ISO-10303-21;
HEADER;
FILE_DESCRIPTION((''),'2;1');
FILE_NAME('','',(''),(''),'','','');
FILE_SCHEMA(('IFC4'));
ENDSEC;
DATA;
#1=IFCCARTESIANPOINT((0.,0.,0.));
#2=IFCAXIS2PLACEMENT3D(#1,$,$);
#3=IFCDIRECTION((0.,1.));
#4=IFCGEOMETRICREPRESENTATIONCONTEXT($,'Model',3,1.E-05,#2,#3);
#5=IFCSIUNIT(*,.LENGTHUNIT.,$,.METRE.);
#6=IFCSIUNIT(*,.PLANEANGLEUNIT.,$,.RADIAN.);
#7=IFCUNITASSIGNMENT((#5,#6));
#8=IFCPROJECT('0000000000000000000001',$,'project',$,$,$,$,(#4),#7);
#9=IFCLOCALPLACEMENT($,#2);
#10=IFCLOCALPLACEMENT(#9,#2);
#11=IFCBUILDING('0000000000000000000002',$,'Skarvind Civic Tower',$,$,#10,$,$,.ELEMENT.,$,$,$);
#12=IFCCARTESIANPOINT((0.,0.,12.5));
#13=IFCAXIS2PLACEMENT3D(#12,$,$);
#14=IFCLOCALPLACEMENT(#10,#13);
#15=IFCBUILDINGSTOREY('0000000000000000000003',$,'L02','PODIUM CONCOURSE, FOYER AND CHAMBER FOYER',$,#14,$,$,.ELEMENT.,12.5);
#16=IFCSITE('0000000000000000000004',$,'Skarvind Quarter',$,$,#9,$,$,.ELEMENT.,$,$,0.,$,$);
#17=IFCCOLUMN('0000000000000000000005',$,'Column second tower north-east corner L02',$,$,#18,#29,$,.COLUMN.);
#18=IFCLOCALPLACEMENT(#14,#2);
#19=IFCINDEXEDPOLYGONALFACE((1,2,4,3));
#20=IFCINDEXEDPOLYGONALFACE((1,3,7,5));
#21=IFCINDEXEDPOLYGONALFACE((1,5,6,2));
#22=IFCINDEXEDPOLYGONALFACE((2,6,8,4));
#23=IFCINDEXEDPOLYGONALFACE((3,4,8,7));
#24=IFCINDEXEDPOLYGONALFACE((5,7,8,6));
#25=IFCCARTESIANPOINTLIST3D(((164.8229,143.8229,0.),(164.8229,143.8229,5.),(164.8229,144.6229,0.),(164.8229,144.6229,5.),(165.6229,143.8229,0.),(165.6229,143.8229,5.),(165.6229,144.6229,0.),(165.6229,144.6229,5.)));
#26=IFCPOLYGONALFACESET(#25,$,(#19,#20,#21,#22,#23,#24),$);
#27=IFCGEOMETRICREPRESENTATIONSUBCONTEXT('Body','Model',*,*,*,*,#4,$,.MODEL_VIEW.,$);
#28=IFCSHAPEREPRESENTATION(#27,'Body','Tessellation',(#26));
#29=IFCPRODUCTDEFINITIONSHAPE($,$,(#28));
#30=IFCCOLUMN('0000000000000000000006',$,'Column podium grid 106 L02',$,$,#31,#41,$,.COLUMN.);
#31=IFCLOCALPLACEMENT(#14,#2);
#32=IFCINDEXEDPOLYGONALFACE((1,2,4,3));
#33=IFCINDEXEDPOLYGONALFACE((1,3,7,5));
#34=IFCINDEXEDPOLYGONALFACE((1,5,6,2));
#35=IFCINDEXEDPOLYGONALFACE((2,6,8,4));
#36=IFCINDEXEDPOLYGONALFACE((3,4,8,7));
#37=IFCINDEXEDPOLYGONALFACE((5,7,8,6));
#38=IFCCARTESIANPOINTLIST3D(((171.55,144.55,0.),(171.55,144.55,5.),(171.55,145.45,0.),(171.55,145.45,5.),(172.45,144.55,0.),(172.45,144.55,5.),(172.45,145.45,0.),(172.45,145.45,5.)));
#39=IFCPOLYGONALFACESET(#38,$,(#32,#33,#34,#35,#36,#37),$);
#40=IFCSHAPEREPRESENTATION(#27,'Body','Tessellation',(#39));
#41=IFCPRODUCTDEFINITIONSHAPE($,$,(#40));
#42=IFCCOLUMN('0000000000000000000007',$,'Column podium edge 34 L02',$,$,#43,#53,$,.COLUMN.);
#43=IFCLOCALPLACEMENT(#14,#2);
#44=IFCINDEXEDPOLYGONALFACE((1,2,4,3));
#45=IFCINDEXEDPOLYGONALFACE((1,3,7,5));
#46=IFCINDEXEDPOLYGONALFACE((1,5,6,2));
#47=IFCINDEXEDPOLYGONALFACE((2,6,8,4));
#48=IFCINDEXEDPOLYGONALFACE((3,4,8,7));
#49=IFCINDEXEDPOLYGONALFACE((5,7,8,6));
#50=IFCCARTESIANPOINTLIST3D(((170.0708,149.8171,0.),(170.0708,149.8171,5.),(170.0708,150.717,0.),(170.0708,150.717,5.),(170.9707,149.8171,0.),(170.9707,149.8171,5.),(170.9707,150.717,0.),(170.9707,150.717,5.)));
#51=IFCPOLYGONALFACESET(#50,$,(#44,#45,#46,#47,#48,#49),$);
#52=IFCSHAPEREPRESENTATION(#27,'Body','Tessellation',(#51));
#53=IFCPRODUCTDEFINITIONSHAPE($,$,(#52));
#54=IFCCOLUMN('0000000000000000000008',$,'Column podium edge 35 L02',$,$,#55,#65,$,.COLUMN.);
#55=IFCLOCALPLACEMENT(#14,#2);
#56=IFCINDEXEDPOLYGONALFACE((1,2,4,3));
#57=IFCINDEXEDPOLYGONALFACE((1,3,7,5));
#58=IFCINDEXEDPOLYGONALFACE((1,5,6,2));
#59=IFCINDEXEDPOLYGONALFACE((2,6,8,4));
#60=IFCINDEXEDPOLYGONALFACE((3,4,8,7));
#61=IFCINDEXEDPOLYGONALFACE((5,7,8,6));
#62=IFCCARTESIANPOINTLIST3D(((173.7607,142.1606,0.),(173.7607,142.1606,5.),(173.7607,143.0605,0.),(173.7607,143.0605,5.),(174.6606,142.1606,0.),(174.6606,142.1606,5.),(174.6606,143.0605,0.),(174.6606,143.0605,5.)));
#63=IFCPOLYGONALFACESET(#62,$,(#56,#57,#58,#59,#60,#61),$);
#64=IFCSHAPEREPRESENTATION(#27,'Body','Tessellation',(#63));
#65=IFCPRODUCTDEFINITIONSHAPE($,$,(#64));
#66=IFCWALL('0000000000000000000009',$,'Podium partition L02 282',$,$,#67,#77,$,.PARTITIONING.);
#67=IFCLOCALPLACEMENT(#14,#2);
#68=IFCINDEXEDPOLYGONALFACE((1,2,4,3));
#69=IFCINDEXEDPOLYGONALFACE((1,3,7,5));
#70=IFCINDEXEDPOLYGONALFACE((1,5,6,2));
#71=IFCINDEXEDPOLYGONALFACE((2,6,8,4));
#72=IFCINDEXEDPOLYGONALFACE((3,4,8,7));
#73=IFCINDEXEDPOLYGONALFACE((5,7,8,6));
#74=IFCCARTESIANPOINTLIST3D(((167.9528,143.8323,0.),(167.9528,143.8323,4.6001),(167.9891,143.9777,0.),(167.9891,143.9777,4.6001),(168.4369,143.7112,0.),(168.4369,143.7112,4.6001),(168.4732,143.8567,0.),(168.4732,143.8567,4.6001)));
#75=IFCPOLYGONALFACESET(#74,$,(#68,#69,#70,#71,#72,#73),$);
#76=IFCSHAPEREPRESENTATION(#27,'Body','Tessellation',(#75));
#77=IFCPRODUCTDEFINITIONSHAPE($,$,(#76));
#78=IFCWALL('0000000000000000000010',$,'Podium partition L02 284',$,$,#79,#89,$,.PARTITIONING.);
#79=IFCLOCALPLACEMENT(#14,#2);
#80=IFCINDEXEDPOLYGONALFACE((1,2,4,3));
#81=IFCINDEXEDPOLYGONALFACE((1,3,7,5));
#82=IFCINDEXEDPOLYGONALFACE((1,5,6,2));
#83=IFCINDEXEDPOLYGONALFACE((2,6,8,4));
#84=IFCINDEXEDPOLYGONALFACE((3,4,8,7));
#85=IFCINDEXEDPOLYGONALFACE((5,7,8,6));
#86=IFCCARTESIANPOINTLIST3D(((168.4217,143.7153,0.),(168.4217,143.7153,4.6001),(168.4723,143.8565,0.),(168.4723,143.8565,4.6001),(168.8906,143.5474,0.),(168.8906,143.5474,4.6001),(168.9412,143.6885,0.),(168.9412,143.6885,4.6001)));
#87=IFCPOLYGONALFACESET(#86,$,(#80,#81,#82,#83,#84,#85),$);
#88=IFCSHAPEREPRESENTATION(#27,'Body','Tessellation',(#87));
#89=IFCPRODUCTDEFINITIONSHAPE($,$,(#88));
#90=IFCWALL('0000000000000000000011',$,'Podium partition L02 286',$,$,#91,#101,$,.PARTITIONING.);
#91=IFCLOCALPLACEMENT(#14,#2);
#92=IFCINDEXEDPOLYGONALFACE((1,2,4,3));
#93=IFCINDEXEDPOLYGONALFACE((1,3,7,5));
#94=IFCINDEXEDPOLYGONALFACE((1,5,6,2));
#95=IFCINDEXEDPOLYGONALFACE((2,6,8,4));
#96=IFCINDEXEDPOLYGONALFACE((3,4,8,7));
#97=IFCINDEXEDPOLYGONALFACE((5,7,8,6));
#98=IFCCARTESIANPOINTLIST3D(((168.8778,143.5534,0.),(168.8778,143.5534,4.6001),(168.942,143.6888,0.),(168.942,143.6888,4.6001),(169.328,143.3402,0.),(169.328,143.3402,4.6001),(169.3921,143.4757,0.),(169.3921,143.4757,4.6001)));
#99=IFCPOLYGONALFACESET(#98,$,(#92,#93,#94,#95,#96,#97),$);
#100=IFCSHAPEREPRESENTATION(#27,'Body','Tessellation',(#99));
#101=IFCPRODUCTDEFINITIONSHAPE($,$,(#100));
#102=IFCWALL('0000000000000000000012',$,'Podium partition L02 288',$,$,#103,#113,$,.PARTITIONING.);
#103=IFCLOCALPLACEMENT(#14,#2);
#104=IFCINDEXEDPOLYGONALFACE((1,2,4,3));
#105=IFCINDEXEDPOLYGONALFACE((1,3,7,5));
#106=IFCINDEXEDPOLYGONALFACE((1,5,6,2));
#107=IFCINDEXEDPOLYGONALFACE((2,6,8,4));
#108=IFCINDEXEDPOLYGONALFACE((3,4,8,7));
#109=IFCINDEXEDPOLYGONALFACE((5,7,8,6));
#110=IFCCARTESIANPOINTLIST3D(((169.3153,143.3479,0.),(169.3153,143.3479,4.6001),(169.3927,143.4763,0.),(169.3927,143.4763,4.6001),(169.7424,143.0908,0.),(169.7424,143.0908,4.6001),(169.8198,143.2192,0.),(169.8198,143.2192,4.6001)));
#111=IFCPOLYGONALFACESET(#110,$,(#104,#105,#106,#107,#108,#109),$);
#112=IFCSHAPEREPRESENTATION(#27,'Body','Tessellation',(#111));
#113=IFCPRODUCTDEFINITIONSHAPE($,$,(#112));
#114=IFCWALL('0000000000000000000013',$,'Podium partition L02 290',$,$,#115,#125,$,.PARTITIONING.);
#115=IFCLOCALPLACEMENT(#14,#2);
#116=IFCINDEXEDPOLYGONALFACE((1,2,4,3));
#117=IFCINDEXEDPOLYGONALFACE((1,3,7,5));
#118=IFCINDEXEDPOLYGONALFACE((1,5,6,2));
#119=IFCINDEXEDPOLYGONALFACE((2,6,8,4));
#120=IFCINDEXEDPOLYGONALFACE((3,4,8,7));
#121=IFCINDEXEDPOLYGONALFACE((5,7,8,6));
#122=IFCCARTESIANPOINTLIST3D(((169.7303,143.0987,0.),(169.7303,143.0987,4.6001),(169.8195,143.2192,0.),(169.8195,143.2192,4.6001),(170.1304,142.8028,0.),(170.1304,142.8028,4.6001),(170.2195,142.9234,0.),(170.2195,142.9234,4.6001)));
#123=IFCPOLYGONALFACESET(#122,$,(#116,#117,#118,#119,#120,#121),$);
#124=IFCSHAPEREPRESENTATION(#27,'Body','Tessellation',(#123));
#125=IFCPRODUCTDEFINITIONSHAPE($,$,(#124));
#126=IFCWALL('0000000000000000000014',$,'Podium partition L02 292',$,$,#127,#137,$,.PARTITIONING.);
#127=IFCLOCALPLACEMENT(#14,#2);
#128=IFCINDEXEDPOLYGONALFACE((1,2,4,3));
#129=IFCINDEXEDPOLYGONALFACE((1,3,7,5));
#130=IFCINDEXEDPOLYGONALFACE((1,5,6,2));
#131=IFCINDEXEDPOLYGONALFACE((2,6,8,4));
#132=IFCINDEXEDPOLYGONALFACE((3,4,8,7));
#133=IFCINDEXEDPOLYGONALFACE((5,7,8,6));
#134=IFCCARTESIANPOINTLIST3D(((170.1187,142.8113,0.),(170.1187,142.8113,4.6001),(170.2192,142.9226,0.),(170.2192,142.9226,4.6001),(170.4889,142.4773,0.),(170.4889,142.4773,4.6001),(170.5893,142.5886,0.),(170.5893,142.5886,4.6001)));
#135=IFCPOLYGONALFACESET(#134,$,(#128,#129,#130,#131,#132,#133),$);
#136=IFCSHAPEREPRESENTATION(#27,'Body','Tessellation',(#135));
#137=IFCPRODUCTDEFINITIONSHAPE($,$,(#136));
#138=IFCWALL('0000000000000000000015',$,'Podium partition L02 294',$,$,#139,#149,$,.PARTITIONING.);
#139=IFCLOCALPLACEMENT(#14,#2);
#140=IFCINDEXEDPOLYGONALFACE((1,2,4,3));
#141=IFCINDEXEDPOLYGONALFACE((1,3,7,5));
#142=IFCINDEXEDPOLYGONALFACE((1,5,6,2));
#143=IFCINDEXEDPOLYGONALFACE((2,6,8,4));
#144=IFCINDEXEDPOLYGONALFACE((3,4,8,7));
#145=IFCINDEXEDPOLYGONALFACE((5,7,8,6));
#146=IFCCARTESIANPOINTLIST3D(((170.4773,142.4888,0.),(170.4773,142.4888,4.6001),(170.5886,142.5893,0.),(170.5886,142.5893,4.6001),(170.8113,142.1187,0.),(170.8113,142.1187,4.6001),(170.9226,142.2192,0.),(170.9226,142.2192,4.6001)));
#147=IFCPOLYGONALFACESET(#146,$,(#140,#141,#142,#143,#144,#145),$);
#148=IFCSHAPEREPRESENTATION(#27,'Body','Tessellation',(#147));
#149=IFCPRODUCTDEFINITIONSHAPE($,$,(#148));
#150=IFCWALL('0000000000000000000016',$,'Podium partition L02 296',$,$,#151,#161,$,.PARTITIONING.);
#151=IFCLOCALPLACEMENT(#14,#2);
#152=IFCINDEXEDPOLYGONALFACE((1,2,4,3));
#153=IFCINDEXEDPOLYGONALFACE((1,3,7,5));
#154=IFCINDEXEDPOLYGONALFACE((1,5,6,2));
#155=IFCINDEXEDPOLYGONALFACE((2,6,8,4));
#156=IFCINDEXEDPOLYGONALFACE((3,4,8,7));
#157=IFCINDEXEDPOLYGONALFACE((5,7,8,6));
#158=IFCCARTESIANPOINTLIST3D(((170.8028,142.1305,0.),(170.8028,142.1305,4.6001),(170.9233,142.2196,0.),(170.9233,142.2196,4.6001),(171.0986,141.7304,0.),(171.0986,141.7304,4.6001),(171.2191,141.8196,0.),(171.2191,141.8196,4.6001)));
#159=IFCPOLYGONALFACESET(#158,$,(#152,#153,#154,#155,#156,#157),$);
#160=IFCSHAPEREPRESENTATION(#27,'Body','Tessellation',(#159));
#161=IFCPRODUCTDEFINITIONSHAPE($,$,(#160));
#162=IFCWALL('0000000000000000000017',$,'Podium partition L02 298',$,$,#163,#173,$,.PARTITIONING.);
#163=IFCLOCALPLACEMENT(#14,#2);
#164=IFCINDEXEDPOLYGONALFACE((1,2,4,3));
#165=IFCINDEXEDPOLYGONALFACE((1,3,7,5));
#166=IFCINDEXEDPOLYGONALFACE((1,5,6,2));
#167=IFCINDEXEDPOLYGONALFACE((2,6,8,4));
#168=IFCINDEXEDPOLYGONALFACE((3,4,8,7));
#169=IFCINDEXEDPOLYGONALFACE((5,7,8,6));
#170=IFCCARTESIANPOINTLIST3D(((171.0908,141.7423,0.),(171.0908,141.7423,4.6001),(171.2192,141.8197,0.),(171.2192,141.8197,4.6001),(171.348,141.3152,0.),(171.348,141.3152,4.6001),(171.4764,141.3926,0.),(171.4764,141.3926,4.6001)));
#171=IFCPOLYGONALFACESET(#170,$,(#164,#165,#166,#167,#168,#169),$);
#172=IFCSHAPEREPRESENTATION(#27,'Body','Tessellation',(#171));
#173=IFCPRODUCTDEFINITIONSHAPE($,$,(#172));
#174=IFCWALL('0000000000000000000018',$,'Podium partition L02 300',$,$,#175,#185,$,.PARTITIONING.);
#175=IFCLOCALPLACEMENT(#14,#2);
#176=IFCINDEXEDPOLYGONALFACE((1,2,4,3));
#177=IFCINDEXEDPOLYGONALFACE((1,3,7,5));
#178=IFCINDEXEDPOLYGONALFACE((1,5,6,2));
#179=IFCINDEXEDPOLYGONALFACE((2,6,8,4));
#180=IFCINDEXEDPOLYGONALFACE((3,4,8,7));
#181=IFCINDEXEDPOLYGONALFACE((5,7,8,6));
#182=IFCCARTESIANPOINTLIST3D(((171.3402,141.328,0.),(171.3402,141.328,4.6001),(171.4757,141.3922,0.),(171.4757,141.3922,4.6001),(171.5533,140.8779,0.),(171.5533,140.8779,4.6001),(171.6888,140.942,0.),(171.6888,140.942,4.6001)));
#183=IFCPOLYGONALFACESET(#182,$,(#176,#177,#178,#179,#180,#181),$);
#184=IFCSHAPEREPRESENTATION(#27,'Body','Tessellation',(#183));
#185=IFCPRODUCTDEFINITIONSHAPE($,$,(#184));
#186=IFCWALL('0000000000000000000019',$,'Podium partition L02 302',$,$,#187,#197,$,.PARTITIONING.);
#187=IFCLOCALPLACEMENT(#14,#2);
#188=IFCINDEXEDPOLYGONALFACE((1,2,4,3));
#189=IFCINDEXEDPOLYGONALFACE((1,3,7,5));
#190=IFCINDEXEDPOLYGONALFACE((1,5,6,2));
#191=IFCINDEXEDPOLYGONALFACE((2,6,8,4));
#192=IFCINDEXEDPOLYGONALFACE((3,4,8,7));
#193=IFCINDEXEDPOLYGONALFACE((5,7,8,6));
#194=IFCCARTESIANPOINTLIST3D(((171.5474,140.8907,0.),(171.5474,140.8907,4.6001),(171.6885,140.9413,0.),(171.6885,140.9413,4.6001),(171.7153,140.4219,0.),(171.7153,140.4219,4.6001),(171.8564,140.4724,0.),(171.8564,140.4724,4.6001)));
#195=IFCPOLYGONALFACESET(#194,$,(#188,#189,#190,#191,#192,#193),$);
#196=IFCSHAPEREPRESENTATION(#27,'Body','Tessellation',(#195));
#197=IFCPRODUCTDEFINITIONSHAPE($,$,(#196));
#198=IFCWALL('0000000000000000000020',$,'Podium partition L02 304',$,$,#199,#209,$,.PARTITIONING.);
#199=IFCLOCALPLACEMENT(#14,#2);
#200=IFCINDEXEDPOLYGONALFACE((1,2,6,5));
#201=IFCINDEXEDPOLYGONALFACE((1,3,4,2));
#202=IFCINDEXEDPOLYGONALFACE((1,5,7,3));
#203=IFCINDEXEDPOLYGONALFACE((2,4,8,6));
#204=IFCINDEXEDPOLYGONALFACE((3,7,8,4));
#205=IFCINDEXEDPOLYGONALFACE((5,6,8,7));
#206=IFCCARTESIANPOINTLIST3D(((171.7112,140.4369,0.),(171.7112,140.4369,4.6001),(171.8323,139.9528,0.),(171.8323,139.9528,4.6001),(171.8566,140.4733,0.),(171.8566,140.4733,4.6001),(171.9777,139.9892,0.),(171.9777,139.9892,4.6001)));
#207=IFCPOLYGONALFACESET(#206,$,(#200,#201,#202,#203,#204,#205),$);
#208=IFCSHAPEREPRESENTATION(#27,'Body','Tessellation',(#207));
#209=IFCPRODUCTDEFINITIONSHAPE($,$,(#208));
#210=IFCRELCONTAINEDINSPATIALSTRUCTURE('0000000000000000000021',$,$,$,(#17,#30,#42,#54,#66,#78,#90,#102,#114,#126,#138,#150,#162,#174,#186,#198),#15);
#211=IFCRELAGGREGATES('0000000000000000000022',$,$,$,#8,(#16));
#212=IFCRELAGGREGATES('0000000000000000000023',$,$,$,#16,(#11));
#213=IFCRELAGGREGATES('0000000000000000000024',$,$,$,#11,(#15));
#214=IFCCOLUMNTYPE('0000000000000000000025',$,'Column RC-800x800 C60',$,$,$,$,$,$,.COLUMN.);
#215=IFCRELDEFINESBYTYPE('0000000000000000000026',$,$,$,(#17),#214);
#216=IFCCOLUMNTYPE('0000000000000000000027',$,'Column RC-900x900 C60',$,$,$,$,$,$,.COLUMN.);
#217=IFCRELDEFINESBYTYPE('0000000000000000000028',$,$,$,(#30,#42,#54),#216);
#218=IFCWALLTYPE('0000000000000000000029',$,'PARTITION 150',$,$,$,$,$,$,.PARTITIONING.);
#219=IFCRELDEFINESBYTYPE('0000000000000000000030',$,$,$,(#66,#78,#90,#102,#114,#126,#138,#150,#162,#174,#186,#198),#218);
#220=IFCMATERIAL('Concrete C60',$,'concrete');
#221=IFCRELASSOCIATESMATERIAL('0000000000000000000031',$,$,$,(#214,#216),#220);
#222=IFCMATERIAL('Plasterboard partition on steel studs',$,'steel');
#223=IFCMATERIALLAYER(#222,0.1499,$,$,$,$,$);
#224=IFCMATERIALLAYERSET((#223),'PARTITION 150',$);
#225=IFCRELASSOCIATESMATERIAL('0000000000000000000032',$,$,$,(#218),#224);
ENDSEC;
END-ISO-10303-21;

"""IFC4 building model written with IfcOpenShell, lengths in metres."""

from ifc_helpers import new_model, si_unit, direction, frame, frame_2d, origin, origin_2d, place, context, subcontext, project, spatial, rectangle, extrude, material, layer, layer_set, material_profile, profile_set, type_object, element, save


model = new_model("IFC4")

# Units and contexts
model_context = context("Model", 3, precision=1e-05, world=origin(), true_north=direction((0.0, 1.0)))
body_context = subcontext(model_context, "Body", "Model", "MODEL_VIEW")
ifc_project = project(units=[si_unit("LENGTHUNIT", "METRE"), si_unit("PLANEANGLEUNIT", "RADIAN")], contexts=[model_context])

# Site, building, storey
site_placement = place(None, origin())
site = spatial("IfcSite", under=ifc_project, at=site_placement, Name="Skarvind Quarter", CompositionType="ELEMENT", RefElevation=0.0)
building_placement = place(site_placement, origin())
building = spatial("IfcBuilding", under=site, at=building_placement, Name="Skarvind Civic Tower", CompositionType="ELEMENT")
storey_placement = place(building_placement, frame((0.0, 0.0, 12.5)))
storey = spatial("IfcBuildingStorey", under=building, at=storey_placement, Name="L02", Description="PODIUM CONCOURSE, FOYER AND CHAMBER FOYER", CompositionType="ELEMENT", Elevation=12.5)

# Columns
ifc_material_1 = material(Name="Concrete C60", Category="concrete")
ifc_material_profile_1 = material_profile(ifc_material_1, rectangle(XDim=0.8, YDim=0.8, at=origin_2d()), Name="RC-800x800")
ifc_profile_set_1 = profile_set([ifc_material_profile_1], Name="Concrete C60")
column_type_1 = type_object("IfcColumnType", Name="Column RC-800x800 C60", PredefinedType="COLUMN", material=ifc_profile_set_1)
column_placement = place(storey_placement, frame((165.2229, 144.2229, 0.0), z_axis=(0.0, 0.0, 1.0), x_axis=(1.0, 0.0, 0.0)))
element("IfcColumn", 1, at=column_placement, inside=storey, type_object=column_type_1, Name="Column second tower north-east corner L02", PredefinedType="COLUMN", context=body_context, shape_type="SweptSolid", body=[
    extrude(rectangle(XDim=0.8, YDim=0.8, at=origin_2d()), origin(), (0.0, 0.0, 1.0), 5.0),
])
ifc_material_profile_2 = material_profile(ifc_material_1, rectangle(XDim=0.8999, YDim=0.8999, at=origin_2d()), Name="RC-900x900")
ifc_profile_set_2 = profile_set([ifc_material_profile_2], Name="Concrete C60")
column_type_2 = type_object("IfcColumnType", Name="Column RC-900x900 C60", PredefinedType="COLUMN", material=ifc_profile_set_2)
for number, where, z_axis, x_axis, name in (
    (2, (172.0, 145.0, 0.0), (0.0, 0.0, 1.0), (1.0, 0.0, 0.0), "Column podium grid 106 L02"),
    (3, (170.5208, 150.2671, 0.0), (0.0, 0.0, 1.0), (1.0, 0.0, 0.0), "Column podium edge 34 L02"),
    (4, (174.2107, 142.6106, 0.0), (0.0, 0.0, 1.0), (1.0, 0.0, 0.0), "Column podium edge 35 L02"),
):
    element("IfcColumn", number, at=place(storey_placement, frame(where, z_axis=z_axis, x_axis=x_axis)), inside=storey, type_object=column_type_2, Name=name, PredefinedType="COLUMN", context=body_context, shape_type="SweptSolid", body=[
        extrude(rectangle(XDim=0.8999, YDim=0.8999, at=origin_2d()), origin(), (0.0, 0.0, 1.0), 5.0),
    ])

# Walls
ifc_material_2 = material(Name="Plasterboard partition on steel studs", Category="steel")
ifc_layer_1 = layer(ifc_material_2, 0.1499)
ifc_layer_set_1 = layer_set([ifc_layer_1], Name="PARTITION 150")
wall_type_1 = type_object("IfcWallType", Name="PARTITION 150", PredefinedType="PARTITIONING", material=ifc_layer_set_1)
wall_1_placement = place(storey_placement, frame((167.9709, 143.905, 0.0), z_axis=(0.0, 0.0, 1.0), x_axis=(0.970114, -0.242651, 0.0)))
element("IfcWall", 5, at=wall_1_placement, inside=storey, type_object=wall_type_1, Name="Podium partition L02 282", PredefinedType="PARTITIONING", context=body_context, shape_type="SweptSolid", body=[
    extrude(rectangle(XDim=0.499, YDim=0.1499, at=frame_2d((0.2495, 0.0))), origin(), (0.0, 0.0, 1.0), 4.6001),
])
for number, where, z_axis, x_axis, name in (
    (6, (168.447, 143.7859, 0.0), (0.0, 0.0, 1.0), (0.941442, -0.337174, 0.0), "Podium partition L02 284"),
    (7, (168.9099, 143.6211, 0.0), (0.0, 0.0, 1.0), (0.903828, -0.427897, 0.0), "Podium partition L02 286"),
):
    element("IfcWall", number, at=place(storey_placement, frame(where, z_axis=z_axis, x_axis=x_axis)), inside=storey, type_object=wall_type_1, Name=name, PredefinedType="PARTITIONING", context=body_context, shape_type="SweptSolid", body=[
        extrude(rectangle(XDim=0.498, YDim=0.1499, at=frame_2d((0.249, 0.0))), origin(), (0.0, 0.0, 1.0), 4.6001),
    ])
wall_2_placement = place(storey_placement, frame((169.354, 143.4121, 0.0), z_axis=(0.0, 0.0, 1.0), x_axis=(0.856714, -0.515792, 0.0)))
element("IfcWall", 8, at=wall_2_placement, inside=storey, type_object=wall_type_1, Name="Podium partition L02 288", PredefinedType="PARTITIONING", context=body_context, shape_type="SweptSolid", body=[
    extrude(rectangle(XDim=0.4985, YDim=0.1499, at=frame_2d((0.2493, 0.0))), origin(), (0.0, 0.0, 1.0), 4.6001),
])
wall_3_placement = place(storey_placement, frame((169.7749, 143.1589, 0.0), z_axis=(0.0, 0.0, 1.0), x_axis=(0.804044, -0.59457, 0.0)))
element("IfcWall", 9, at=wall_3_placement, inside=storey, type_object=wall_type_1, Name="Podium partition L02 290", PredefinedType="PARTITIONING", context=body_context, shape_type="SweptSolid", body=[
    extrude(rectangle(XDim=0.4976, YDim=0.1499, at=frame_2d((0.2488, 0.0))), origin(), (0.0, 0.0, 1.0), 4.6001),
])
for number, where, z_axis, x_axis, name in (
    (10, (170.1689, 142.8669, 0.0), (0.0, 0.0, 1.0), (0.742417, -0.669938, 0.0), "Podium partition L02 292"),
    (11, (170.533, 142.5391, 0.0), (0.0, 0.0, 1.0), (0.669938, -0.742417, 0.0), "Podium partition L02 294"),
):
    element("IfcWall", number, at=place(storey_placement, frame(where, z_axis=z_axis, x_axis=x_axis)), inside=storey, type_object=wall_type_1, Name=name, PredefinedType="PARTITIONING", context=body_context, shape_type="SweptSolid", body=[
        extrude(rectangle(XDim=0.4985, YDim=0.1499, at=frame_2d((0.2493, 0.0))), origin(), (0.0, 0.0, 1.0), 4.6001),
    ])
wall_4_placement = place(storey_placement, frame((170.863, 142.175, 0.0), z_axis=(0.0, 0.0, 1.0), x_axis=(0.59457, -0.804044, 0.0)))
element("IfcWall", 12, at=wall_4_placement, inside=storey, type_object=wall_type_1, Name="Podium partition L02 296", PredefinedType="PARTITIONING", context=body_context, shape_type="SweptSolid", body=[
    extrude(rectangle(XDim=0.4976, YDim=0.1499, at=frame_2d((0.2488, 0.0))), origin(), (0.0, 0.0, 1.0), 4.6001),
])
wall_5_placement = place(storey_placement, frame((171.155, 141.781, 0.0), z_axis=(0.0, 0.0, 1.0), x_axis=(0.515792, -0.856714, 0.0)))
element("IfcWall", 13, at=wall_5_placement, inside=storey, type_object=wall_type_1, Name="Podium partition L02 298", PredefinedType="PARTITIONING", context=body_context, shape_type="SweptSolid", body=[
    extrude(rectangle(XDim=0.4985, YDim=0.1499, at=frame_2d((0.2493, 0.0))), origin(), (0.0, 0.0, 1.0), 4.6001),
])
for number, where, z_axis, x_axis, name in (
    (14, (171.408, 141.3601, 0.0), (0.0, 0.0, 1.0), (0.427897, -0.903828, 0.0), "Podium partition L02 300"),
    (15, (171.6179, 140.916, 0.0), (0.0, 0.0, 1.0), (0.337174, -0.941442, 0.0), "Podium partition L02 302"),
):
    element("IfcWall", number, at=place(storey_placement, frame(where, z_axis=z_axis, x_axis=x_axis)), inside=storey, type_object=wall_type_1, Name=name, PredefinedType="PARTITIONING", context=body_context, shape_type="SweptSolid", body=[
        extrude(rectangle(XDim=0.498, YDim=0.1499, at=frame_2d((0.249, 0.0))), origin(), (0.0, 0.0, 1.0), 4.6001),
    ])
wall_6_placement = place(storey_placement, frame((171.7839, 140.4551, 0.0), z_axis=(0.0, 0.0, 1.0), x_axis=(0.242651, -0.970114, 0.0)))
element("IfcWall", 16, at=wall_6_placement, inside=storey, type_object=wall_type_1, Name="Podium partition L02 304", PredefinedType="PARTITIONING", context=body_context, shape_type="SweptSolid", body=[
    extrude(rectangle(XDim=0.499, YDim=0.1499, at=frame_2d((0.2495, 0.0))), origin(), (0.0, 0.0, 1.0), 4.6001),
])

save(model, "model.ifc")
